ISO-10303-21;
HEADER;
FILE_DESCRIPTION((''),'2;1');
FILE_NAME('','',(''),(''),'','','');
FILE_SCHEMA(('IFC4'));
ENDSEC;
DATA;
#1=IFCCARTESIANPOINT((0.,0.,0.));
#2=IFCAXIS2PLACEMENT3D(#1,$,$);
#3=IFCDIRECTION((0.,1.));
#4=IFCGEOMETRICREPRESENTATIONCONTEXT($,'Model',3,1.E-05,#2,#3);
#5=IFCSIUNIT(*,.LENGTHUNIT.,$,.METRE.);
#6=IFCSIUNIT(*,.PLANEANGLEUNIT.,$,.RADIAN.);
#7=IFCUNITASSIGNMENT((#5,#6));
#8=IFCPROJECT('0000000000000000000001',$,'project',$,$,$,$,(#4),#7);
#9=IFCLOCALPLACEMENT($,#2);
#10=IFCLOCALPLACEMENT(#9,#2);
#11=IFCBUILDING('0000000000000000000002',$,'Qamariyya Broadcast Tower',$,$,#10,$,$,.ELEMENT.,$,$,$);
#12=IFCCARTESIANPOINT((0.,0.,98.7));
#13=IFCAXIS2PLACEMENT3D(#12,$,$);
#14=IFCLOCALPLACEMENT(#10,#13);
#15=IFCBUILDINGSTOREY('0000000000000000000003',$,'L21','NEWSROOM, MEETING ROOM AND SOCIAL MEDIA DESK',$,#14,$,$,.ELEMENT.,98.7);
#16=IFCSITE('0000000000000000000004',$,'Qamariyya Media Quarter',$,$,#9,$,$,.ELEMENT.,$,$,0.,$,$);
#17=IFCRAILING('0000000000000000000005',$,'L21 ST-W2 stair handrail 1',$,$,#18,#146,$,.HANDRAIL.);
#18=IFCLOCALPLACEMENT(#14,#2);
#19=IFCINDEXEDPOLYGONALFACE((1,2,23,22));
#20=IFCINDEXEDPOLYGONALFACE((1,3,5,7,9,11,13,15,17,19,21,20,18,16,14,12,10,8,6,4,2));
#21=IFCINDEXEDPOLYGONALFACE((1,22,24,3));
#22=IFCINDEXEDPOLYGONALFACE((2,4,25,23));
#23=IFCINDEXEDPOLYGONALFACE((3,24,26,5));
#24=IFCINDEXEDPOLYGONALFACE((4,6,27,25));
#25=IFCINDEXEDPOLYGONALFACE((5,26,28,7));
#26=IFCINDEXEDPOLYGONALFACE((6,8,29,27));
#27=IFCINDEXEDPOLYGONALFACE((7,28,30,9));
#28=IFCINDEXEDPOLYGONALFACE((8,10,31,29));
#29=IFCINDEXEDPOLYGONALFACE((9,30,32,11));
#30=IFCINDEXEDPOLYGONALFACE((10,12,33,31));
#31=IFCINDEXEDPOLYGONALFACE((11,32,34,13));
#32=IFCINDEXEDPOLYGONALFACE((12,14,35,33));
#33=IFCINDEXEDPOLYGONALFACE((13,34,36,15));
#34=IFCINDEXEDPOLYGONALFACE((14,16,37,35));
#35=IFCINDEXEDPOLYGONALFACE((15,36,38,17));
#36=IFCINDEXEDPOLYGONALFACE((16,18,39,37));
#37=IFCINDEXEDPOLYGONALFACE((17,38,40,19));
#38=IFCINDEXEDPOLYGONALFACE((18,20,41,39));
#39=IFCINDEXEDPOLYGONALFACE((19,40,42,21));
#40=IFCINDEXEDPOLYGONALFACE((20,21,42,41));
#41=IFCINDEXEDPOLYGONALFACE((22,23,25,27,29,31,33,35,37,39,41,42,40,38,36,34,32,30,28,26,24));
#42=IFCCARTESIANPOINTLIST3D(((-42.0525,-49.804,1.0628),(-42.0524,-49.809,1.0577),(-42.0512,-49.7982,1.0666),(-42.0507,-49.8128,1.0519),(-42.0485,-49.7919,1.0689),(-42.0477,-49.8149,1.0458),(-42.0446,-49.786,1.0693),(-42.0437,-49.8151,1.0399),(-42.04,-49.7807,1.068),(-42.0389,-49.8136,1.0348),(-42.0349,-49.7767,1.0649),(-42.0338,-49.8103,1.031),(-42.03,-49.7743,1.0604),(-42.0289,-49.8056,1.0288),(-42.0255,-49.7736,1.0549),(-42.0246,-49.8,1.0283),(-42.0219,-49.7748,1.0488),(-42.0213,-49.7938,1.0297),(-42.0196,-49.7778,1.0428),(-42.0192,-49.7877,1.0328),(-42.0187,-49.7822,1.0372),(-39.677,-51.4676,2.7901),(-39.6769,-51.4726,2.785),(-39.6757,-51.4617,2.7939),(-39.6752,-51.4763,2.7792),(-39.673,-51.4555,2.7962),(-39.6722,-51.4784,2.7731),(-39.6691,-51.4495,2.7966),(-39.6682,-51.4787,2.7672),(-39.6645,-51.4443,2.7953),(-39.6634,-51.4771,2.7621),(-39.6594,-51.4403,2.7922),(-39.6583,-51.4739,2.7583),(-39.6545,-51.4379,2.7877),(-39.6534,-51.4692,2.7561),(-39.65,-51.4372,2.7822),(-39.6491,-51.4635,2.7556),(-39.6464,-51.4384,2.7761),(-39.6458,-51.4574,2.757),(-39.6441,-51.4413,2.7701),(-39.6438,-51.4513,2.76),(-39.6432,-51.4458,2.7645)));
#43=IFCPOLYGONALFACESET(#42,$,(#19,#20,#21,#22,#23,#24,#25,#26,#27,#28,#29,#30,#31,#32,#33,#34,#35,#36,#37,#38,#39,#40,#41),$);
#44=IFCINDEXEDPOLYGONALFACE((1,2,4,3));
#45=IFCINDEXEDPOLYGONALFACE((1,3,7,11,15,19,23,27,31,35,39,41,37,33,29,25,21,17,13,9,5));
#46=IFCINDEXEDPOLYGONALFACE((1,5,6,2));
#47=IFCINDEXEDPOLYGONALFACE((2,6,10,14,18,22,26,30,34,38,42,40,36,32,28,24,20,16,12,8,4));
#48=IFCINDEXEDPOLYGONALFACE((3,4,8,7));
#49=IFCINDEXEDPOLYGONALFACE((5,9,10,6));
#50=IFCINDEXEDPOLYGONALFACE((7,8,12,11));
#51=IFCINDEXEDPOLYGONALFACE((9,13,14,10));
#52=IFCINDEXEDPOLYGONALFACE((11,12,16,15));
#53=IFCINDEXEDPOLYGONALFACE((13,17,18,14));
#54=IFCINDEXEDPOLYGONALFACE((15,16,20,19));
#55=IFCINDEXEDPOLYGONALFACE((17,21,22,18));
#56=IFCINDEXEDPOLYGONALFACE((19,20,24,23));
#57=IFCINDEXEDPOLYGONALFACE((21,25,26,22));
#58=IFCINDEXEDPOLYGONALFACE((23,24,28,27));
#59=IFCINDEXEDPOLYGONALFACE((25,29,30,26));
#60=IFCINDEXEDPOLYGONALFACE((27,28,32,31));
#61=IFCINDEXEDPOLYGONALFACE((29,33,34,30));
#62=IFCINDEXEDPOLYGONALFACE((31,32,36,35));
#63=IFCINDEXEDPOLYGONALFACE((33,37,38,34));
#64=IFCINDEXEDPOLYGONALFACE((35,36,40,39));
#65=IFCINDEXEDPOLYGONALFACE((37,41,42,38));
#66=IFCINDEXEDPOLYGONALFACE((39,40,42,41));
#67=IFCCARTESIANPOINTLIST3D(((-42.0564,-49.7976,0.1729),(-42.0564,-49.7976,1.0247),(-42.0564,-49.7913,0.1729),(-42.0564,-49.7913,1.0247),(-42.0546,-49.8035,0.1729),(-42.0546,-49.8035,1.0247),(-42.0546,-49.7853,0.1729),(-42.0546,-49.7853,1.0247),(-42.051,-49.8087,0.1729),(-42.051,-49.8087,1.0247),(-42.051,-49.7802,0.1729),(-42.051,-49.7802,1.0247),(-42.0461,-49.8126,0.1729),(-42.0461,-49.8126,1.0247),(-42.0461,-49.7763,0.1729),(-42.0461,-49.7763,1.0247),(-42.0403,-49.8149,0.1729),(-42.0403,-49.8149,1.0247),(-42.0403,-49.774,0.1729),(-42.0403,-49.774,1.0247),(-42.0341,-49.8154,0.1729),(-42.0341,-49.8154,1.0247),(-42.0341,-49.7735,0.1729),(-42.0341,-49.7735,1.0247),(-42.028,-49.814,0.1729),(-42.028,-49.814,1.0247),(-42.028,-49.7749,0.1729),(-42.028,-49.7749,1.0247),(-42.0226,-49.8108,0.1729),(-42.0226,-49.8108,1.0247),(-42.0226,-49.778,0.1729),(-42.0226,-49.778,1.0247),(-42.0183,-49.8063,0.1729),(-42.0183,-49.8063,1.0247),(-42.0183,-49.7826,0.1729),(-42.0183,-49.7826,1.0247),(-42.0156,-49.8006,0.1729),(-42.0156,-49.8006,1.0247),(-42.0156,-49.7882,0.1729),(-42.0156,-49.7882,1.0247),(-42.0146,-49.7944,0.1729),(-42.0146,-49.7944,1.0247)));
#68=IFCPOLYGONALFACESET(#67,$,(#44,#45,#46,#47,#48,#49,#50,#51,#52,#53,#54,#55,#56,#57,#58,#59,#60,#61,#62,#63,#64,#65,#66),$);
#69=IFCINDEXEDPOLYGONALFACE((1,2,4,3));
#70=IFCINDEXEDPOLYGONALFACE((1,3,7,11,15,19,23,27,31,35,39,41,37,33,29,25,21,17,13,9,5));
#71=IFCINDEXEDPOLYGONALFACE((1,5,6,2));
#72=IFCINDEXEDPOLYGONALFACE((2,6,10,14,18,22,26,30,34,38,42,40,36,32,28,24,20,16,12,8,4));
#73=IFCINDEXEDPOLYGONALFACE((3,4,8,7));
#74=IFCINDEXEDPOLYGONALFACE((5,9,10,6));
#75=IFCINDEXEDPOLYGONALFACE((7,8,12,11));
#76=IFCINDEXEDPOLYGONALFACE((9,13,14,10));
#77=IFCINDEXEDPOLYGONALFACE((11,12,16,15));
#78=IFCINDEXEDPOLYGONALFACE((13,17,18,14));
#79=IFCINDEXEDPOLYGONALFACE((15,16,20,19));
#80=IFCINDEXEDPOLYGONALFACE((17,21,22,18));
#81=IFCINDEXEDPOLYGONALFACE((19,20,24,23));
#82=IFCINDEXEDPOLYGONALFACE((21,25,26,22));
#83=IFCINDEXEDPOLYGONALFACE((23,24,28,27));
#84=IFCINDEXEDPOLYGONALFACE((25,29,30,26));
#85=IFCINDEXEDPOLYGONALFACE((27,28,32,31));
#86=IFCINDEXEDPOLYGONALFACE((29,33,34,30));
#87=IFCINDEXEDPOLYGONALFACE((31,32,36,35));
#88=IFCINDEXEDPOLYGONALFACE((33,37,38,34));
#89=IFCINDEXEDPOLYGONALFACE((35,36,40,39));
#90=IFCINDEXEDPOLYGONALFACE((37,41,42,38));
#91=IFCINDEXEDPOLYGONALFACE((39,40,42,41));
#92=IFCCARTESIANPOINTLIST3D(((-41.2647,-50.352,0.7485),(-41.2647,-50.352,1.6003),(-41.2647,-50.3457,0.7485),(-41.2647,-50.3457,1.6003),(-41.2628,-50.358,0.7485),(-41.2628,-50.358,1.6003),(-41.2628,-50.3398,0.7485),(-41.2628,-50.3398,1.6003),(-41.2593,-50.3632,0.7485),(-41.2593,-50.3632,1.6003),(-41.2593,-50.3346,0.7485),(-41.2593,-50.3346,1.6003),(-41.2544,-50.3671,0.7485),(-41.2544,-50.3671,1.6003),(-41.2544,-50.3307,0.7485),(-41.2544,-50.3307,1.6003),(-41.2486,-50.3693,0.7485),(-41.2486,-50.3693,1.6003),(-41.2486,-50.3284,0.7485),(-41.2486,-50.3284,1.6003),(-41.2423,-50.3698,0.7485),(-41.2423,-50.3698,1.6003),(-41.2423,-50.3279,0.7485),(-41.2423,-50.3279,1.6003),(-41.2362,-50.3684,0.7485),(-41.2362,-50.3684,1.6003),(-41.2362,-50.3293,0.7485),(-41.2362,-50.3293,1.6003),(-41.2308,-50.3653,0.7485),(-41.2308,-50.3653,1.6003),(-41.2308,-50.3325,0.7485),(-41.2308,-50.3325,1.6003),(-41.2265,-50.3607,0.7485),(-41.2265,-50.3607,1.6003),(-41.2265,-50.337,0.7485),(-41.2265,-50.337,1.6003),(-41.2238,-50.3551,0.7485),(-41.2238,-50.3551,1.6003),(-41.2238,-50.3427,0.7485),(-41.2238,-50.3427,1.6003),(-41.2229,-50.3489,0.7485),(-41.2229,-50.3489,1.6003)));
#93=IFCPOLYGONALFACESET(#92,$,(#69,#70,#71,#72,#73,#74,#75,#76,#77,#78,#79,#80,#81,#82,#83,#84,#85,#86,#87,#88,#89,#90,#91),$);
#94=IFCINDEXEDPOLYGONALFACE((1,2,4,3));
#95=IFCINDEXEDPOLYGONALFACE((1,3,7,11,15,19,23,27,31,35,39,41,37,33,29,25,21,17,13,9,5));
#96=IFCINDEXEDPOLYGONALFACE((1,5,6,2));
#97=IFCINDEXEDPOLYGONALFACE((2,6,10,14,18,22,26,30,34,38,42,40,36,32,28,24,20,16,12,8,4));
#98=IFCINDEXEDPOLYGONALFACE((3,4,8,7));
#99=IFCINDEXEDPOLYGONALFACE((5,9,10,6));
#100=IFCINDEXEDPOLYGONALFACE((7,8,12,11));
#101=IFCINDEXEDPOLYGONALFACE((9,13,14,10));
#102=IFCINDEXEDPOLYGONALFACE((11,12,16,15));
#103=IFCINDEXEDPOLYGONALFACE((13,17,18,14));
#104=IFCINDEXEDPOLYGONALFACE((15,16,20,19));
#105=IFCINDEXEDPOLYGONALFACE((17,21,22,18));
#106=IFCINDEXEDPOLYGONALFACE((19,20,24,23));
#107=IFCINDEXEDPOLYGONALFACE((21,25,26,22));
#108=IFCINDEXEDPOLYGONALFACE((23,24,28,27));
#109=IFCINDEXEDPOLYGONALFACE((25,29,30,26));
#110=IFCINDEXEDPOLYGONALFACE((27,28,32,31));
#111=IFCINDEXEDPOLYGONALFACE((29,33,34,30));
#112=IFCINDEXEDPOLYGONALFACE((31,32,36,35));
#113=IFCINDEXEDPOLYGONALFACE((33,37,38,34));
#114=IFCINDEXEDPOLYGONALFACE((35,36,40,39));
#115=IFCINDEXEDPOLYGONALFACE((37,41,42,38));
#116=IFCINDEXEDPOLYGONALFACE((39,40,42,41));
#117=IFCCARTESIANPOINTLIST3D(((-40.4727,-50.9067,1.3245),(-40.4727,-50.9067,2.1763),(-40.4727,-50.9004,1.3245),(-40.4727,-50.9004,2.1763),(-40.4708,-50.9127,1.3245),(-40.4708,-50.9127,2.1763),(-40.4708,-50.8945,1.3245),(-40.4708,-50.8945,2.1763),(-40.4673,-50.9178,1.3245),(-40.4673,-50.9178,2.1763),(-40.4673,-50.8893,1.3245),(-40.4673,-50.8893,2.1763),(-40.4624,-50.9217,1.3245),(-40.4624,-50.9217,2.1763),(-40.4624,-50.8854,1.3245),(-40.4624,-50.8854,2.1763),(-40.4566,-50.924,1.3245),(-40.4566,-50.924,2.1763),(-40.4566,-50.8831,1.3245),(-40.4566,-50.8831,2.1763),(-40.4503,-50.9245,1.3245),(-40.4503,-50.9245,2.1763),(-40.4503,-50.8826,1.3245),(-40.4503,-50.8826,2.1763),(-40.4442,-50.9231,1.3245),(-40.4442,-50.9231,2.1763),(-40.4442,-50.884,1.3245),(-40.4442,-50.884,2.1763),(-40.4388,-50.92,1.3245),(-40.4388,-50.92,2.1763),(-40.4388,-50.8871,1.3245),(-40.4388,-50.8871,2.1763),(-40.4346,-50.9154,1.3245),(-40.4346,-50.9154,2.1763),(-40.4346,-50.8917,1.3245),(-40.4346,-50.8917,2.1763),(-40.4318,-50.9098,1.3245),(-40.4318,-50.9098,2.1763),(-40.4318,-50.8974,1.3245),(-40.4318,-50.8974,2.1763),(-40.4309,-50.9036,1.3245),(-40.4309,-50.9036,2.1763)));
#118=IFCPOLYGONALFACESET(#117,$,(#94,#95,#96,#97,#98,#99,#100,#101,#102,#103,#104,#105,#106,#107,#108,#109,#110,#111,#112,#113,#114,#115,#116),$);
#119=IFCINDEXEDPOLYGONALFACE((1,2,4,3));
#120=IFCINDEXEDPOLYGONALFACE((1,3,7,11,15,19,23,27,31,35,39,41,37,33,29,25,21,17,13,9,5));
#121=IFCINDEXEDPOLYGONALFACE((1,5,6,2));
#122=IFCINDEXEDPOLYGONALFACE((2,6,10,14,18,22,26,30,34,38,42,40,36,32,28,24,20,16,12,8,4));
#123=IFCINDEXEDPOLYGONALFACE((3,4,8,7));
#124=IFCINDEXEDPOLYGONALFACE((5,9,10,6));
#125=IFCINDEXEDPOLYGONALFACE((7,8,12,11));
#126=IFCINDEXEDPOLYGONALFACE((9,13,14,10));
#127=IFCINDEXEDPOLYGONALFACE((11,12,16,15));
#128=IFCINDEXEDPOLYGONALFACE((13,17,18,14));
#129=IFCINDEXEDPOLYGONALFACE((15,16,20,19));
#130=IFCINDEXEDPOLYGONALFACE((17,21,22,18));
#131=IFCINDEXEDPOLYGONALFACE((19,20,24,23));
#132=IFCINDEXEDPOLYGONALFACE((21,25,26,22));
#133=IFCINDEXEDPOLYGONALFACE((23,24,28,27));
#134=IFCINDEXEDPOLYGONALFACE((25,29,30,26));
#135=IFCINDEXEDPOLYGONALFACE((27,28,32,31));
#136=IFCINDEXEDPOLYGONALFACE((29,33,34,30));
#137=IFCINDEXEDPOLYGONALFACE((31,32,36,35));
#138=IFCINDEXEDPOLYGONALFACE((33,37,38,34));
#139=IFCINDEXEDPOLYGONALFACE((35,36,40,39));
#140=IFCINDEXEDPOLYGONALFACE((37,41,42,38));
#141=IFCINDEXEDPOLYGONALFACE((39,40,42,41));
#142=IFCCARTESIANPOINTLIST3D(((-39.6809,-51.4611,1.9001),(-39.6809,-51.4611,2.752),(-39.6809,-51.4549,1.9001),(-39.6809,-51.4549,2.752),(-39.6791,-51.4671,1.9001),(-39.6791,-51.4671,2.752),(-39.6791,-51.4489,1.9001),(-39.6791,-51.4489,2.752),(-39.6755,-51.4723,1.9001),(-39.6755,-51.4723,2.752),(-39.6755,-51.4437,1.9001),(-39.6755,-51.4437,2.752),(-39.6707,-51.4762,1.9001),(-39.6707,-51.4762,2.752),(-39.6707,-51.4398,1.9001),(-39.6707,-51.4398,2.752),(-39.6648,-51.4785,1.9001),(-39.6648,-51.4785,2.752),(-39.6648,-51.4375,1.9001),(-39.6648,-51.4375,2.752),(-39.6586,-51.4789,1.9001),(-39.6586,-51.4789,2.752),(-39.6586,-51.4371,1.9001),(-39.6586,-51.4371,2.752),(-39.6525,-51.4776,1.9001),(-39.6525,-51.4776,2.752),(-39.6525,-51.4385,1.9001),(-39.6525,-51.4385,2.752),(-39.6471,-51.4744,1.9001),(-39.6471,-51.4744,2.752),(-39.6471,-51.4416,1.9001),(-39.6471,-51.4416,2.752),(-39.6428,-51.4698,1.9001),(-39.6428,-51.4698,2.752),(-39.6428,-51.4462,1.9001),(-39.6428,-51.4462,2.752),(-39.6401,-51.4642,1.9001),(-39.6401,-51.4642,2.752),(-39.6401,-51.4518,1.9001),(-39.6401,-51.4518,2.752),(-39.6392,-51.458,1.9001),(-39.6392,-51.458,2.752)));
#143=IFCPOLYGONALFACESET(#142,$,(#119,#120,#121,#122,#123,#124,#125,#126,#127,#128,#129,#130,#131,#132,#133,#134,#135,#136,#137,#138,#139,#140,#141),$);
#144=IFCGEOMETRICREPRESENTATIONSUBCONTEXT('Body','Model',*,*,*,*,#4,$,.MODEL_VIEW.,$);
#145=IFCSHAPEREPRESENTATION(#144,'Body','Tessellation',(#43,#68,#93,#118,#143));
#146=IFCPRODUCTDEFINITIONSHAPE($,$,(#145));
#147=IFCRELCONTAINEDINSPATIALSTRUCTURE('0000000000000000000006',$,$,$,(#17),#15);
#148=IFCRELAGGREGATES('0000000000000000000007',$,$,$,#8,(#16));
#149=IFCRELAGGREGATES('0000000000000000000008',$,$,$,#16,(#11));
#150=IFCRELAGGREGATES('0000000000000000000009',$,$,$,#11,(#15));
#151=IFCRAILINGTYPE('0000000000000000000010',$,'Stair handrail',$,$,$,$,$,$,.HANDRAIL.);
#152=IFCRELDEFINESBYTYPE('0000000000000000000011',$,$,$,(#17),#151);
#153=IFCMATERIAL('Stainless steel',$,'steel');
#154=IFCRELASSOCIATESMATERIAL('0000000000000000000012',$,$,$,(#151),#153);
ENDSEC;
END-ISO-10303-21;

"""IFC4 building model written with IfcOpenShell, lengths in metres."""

from ifc_helpers import new_model, si_unit, direction, frame, origin, origin_2d, place, context, subcontext, project, spatial, circle, extrude, material, type_object, element, save


model = new_model("IFC4")

# Units and contexts
model_context = context("Model", 3, precision=1e-05, world=origin(), true_north=direction((0.0, 1.0)))
body_context = subcontext(model_context, "Body", "Model", "MODEL_VIEW")
ifc_project = project(units=[si_unit("LENGTHUNIT", "METRE"), si_unit("PLANEANGLEUNIT", "RADIAN")], contexts=[model_context])

# Site, building, storey
site_placement = place(None, origin())
site = spatial("IfcSite", under=ifc_project, at=site_placement, Name="Qamariyya Media Quarter", CompositionType="ELEMENT", RefElevation=0.0)
building_placement = place(site_placement, origin())
building = spatial("IfcBuilding", under=site, at=building_placement, Name="Qamariyya Broadcast Tower", CompositionType="ELEMENT")
storey_placement = place(building_placement, frame((0.0, 0.0, 98.7)))
storey = spatial("IfcBuildingStorey", under=building, at=storey_placement, Name="L21", Description="NEWSROOM, MEETING ROOM AND SOCIAL MEDIA DESK", CompositionType="ELEMENT", Elevation=98.7)

# Railing
ifc_material_1 = material(Name="Stainless steel", Category="steel")
railing_type_1 = type_object("IfcRailingType", Name="Stair handrail", PredefinedType="HANDRAIL", material=ifc_material_1)
railing_1_placement = place(storey_placement, frame((-42.0356, -49.7944, 0.1729)))
element("IfcRailing", 1, at=railing_1_placement, inside=storey, type_object=railing_type_1, Name="L21 ST-W2 stair handrail 1", PredefinedType="HANDRAIL", context=body_context, shape_type="SweptSolid", body=[
    extrude(circle(Radius=0.0239, at=origin_2d()), frame((0.0, 0.0, 0.876), z_axis=(0.703745, -0.492838, 0.511716), x_axis=(0.573632, 0.819113, 0.0)), (0.0, 0.0, 1.0), 3.3755),
    extrude(circle(Radius=0.021, at=origin_2d()), origin(), (0.0, 0.0, 1.0), 0.8518),
    extrude(circle(Radius=0.021, at=origin_2d()), frame((0.7917, -0.5544, 0.5757)), (0.0, 0.0, 1.0), 0.8518),
    extrude(circle(Radius=0.021, at=origin_2d()), frame((1.5837, -1.1091, 1.1516)), (0.0, 0.0, 1.0), 0.8518),
    extrude(circle(Radius=0.021, at=origin_2d()), frame((2.3755, -1.6636, 1.7273)), (0.0, 0.0, 1.0), 0.8518),
])

save(model, "model.ifc")
